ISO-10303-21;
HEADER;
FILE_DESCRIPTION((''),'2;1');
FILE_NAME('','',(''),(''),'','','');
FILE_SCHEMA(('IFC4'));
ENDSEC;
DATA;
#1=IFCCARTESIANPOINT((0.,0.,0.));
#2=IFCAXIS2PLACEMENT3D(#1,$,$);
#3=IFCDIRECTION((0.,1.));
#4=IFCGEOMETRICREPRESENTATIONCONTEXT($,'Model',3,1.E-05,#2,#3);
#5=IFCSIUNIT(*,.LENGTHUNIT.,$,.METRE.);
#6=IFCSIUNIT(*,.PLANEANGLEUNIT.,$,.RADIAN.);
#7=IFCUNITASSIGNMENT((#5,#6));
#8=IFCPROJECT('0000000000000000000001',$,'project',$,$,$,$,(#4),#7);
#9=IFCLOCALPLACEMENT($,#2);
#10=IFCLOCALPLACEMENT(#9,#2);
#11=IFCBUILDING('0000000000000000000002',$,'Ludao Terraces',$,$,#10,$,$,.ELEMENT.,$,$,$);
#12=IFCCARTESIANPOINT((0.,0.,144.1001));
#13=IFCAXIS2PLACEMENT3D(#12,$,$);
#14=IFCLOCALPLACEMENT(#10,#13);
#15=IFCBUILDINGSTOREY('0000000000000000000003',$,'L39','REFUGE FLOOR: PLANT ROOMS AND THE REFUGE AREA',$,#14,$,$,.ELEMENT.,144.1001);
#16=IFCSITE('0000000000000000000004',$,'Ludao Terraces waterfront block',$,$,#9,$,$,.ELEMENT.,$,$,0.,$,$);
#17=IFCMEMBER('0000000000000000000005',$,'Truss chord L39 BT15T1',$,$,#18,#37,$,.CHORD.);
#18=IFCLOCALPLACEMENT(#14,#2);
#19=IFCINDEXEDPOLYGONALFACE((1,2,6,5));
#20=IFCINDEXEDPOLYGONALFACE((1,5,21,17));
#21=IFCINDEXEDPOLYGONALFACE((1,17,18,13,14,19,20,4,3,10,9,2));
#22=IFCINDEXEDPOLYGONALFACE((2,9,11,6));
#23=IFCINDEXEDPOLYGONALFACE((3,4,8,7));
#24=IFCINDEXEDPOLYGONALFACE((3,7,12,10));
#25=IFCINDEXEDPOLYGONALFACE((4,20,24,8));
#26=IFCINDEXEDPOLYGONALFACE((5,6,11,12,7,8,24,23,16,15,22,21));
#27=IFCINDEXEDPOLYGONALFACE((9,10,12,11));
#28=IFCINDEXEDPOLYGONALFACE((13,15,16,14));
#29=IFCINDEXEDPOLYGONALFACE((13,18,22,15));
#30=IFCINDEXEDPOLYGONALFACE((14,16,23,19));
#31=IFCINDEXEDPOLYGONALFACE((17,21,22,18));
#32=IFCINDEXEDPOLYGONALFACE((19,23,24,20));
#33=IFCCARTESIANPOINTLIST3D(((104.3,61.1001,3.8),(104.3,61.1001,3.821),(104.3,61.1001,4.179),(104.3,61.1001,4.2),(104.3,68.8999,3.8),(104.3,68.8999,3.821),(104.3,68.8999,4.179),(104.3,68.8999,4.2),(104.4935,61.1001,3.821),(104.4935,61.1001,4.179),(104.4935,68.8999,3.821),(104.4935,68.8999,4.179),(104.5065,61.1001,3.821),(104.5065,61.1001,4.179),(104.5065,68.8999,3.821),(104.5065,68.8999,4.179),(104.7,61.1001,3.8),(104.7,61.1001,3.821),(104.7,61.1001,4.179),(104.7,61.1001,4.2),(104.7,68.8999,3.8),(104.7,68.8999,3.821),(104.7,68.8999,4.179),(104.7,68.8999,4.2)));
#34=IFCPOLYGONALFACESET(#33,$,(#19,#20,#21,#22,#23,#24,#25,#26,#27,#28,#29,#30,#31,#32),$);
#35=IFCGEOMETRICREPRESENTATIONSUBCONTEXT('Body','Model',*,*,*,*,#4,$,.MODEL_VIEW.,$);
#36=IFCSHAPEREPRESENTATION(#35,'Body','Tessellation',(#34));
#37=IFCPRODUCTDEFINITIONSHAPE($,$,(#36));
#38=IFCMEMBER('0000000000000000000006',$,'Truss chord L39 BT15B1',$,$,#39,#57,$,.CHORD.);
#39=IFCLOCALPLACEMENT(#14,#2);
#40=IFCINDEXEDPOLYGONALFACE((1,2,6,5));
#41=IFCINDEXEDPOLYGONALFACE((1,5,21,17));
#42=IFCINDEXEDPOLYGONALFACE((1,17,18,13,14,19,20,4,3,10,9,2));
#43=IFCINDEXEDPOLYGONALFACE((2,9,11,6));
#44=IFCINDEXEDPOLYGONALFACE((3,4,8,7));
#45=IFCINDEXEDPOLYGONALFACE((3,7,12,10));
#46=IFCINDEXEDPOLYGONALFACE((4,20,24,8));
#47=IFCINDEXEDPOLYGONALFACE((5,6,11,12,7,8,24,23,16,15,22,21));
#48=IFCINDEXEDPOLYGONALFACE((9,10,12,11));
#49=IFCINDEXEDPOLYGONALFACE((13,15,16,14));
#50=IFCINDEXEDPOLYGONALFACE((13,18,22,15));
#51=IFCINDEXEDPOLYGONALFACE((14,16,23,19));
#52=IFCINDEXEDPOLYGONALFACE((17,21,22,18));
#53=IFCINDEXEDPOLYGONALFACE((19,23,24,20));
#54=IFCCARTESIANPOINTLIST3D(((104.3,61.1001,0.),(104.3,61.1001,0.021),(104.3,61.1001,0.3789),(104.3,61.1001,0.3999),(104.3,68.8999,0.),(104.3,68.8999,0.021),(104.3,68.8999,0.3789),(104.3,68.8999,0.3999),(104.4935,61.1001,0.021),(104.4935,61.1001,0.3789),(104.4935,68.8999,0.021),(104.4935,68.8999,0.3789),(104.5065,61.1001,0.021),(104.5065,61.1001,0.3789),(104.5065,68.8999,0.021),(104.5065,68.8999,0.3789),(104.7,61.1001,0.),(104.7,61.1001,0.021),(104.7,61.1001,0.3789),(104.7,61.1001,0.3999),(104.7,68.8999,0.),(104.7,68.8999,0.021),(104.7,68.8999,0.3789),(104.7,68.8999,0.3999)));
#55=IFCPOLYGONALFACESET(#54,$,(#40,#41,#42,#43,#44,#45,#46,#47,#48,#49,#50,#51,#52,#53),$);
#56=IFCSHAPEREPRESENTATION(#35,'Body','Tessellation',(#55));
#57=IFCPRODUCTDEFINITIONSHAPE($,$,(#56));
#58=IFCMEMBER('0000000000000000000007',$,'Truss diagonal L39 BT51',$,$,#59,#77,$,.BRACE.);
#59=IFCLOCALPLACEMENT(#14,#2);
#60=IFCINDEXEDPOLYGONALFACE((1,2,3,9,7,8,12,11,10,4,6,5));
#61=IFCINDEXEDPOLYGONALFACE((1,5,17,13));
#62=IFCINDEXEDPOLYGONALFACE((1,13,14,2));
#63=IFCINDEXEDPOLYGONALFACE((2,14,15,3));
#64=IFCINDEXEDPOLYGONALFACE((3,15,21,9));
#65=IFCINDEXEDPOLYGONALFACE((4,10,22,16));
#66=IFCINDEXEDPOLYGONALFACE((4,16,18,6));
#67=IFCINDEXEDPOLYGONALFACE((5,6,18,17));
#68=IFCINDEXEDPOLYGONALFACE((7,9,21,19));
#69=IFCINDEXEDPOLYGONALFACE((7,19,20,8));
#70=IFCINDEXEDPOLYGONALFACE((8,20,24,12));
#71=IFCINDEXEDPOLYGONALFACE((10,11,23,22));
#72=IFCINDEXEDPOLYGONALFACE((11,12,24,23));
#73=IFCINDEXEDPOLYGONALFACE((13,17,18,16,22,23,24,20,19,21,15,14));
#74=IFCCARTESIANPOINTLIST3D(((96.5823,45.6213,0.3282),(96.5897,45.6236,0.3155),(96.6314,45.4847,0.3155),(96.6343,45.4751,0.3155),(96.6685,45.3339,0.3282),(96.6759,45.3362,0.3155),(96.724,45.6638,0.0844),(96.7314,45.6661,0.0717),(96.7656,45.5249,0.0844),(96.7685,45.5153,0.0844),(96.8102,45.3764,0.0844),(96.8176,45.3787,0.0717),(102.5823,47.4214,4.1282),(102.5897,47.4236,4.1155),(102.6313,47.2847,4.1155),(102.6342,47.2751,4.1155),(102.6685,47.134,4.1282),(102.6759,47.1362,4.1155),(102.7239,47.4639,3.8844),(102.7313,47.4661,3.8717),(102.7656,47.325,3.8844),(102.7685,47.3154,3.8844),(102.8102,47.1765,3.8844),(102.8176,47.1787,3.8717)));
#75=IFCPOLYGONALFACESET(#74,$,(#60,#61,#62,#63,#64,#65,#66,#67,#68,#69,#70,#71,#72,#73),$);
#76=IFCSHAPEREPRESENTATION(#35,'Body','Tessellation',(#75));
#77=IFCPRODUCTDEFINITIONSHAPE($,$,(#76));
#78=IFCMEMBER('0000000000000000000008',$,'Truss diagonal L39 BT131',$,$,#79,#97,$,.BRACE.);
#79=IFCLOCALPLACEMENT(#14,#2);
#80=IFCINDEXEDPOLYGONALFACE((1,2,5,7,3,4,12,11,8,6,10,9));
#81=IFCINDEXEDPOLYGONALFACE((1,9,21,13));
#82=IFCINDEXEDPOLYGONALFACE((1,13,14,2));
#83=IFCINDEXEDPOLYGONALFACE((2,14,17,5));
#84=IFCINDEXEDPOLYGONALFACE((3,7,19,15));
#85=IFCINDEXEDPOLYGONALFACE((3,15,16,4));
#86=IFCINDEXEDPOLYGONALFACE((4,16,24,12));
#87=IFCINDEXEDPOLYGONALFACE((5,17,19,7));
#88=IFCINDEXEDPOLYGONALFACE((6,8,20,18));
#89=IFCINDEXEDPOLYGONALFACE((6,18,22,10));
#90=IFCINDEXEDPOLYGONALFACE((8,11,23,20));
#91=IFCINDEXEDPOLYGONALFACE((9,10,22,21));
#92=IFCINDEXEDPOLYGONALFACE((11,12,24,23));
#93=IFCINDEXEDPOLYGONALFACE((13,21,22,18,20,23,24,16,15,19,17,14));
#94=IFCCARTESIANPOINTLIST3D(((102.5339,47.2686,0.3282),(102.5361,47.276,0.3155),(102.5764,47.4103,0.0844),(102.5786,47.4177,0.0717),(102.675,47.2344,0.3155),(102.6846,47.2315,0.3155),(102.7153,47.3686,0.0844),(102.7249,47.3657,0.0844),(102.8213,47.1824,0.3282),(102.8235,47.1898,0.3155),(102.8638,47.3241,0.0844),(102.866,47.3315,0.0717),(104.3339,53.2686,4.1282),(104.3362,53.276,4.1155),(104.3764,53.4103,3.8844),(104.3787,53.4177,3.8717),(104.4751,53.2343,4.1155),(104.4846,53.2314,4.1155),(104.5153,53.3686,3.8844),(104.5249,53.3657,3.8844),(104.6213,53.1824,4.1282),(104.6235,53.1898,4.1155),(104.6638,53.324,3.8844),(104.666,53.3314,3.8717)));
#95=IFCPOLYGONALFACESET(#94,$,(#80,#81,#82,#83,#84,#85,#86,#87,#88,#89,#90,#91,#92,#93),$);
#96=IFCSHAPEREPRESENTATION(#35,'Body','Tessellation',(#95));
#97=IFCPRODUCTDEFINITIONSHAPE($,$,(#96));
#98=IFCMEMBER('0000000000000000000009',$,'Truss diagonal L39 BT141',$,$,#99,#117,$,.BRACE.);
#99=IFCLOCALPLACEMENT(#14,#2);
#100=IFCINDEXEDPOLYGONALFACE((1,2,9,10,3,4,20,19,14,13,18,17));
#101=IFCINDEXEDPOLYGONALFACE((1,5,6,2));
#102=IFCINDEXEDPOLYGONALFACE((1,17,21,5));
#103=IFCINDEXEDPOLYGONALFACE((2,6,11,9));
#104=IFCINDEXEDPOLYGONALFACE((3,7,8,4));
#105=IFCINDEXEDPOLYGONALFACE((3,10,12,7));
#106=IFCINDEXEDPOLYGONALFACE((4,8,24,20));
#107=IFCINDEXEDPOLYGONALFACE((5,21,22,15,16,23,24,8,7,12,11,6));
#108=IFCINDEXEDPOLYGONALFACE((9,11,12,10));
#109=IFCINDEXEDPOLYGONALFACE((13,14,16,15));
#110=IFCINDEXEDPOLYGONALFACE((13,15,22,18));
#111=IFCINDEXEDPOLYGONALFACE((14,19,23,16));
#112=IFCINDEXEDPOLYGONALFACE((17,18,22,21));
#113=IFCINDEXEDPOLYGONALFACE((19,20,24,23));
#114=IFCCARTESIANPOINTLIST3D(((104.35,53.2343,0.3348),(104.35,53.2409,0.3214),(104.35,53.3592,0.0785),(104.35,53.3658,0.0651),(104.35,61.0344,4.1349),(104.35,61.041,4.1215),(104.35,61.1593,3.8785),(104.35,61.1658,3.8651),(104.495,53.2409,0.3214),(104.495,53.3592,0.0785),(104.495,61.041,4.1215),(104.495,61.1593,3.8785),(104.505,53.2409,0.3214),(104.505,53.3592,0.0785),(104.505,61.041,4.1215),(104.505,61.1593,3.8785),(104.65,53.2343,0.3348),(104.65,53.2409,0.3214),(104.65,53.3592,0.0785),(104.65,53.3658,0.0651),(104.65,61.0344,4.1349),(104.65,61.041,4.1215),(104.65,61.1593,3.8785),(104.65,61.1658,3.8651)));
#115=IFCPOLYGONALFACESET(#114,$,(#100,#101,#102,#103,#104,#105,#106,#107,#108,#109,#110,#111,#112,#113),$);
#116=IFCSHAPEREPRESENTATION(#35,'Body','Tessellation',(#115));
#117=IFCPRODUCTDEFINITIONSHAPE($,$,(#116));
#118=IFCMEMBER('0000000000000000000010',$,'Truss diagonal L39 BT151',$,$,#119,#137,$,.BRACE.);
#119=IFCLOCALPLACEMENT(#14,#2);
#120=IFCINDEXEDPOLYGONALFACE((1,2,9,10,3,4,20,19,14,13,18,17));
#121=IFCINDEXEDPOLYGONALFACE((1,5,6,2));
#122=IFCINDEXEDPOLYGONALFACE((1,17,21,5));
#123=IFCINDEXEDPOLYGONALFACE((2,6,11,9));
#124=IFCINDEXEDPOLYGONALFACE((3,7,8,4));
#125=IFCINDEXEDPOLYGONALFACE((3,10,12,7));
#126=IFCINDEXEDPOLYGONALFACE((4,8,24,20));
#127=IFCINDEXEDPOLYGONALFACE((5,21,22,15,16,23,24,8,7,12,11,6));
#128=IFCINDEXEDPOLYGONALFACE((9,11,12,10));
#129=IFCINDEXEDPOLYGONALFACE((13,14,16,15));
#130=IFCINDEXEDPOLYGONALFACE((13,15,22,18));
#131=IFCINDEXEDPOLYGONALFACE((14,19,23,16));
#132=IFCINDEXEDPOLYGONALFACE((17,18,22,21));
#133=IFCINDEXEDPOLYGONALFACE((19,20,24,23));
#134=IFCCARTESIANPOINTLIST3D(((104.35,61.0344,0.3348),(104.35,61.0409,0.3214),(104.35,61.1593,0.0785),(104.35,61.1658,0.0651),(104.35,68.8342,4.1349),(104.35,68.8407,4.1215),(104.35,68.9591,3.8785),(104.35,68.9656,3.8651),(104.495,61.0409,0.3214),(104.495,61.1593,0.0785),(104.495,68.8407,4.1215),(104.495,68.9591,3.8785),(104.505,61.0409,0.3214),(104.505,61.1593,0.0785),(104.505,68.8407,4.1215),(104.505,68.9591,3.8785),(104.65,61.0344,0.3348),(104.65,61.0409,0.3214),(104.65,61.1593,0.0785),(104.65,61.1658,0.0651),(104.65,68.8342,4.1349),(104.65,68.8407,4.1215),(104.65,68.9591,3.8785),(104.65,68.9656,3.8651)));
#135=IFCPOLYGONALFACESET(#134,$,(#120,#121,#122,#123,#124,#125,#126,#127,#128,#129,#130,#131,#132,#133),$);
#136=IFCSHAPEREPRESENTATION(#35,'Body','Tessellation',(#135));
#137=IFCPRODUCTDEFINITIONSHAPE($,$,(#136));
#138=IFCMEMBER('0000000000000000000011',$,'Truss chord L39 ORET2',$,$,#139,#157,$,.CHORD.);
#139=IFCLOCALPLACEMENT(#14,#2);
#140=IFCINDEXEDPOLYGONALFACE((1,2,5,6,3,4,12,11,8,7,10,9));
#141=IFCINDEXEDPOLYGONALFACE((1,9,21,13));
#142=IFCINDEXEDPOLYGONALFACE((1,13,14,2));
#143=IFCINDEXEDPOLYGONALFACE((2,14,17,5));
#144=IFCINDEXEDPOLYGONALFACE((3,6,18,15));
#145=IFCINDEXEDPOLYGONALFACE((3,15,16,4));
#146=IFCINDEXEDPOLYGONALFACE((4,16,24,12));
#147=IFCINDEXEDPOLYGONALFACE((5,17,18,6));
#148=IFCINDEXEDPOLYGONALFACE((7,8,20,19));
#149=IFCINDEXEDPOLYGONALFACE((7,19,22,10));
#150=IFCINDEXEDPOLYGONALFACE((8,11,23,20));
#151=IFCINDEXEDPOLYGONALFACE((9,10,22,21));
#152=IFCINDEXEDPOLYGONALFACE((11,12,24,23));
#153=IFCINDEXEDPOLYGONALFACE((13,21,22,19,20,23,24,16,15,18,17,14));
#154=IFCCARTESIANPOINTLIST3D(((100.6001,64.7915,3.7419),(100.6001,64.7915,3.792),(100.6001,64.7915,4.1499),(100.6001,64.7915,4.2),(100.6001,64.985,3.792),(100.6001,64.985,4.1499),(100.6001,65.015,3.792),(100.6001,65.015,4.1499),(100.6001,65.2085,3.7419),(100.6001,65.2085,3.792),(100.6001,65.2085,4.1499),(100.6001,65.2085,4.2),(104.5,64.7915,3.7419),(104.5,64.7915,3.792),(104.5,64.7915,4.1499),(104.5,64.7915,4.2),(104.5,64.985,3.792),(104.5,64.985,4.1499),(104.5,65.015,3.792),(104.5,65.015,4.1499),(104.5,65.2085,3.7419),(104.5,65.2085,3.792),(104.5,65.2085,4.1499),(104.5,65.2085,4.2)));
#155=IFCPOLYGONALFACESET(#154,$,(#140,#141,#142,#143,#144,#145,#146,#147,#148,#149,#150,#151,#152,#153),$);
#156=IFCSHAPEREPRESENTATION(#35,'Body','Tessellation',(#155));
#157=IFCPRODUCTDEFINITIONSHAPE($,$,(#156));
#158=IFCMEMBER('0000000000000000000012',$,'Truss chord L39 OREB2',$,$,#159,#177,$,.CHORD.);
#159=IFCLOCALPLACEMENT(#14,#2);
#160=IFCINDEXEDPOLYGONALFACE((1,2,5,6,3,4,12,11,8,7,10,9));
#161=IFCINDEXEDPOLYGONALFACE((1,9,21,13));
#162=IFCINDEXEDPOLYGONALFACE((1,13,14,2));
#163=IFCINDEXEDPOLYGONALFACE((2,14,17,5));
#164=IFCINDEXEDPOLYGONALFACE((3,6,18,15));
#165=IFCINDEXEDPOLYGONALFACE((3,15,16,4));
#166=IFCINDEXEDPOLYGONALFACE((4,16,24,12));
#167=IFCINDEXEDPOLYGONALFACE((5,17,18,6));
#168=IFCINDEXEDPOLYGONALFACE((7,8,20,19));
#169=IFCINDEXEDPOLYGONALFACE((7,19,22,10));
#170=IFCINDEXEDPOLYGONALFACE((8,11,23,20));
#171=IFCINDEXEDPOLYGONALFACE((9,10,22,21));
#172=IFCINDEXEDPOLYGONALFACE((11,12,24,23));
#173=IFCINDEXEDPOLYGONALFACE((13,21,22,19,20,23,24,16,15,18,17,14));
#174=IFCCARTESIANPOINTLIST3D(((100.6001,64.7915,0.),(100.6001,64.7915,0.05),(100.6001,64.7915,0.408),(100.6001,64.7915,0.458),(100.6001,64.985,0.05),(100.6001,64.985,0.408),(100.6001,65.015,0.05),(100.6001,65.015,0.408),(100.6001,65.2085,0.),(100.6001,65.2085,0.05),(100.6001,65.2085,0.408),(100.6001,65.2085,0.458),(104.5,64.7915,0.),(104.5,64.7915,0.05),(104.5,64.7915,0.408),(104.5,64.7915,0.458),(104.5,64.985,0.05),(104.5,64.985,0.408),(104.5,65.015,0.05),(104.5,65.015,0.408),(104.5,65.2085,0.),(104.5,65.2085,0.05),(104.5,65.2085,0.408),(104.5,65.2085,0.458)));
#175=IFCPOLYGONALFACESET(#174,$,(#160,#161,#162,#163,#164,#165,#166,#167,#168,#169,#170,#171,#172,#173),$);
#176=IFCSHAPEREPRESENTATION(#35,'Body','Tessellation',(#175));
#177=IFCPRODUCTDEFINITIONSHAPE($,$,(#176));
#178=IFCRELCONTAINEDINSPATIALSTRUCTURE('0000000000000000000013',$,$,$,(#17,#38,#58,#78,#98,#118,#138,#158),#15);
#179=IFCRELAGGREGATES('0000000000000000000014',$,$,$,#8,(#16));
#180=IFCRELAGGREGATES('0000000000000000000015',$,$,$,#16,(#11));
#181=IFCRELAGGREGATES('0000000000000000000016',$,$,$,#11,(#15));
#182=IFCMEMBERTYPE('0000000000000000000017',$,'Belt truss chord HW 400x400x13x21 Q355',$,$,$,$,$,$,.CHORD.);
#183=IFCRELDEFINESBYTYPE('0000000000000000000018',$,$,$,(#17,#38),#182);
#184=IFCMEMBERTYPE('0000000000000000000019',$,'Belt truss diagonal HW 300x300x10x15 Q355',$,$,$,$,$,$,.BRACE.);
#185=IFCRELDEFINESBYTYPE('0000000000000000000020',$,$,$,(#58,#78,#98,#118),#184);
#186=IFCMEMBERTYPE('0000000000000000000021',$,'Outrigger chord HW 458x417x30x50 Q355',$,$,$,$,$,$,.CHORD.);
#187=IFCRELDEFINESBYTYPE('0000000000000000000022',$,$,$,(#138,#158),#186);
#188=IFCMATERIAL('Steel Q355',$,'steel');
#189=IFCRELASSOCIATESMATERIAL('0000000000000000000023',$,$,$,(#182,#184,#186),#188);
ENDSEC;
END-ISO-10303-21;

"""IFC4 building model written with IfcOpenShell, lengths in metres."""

from ifc_helpers import new_model, si_unit, direction, frame, origin, origin_2d, place, context, subcontext, project, spatial, i_section, extrude, material, material_profile, profile_set, type_object, element, save


model = new_model("IFC4")

# Units and contexts
model_context = context("Model", 3, precision=1e-05, world=origin(), true_north=direction((0.0, 1.0)))
body_context = subcontext(model_context, "Body", "Model", "MODEL_VIEW")
ifc_project = project(units=[si_unit("LENGTHUNIT", "METRE"), si_unit("PLANEANGLEUNIT", "RADIAN")], contexts=[model_context])

# Site, building, storey
site_placement = place(None, origin())
site = spatial("IfcSite", under=ifc_project, at=site_placement, Name="Ludao Terraces waterfront block", CompositionType="ELEMENT", RefElevation=0.0)
building_placement = place(site_placement, origin())
building = spatial("IfcBuilding", under=site, at=building_placement, Name="Ludao Terraces", CompositionType="ELEMENT")
storey_placement = place(building_placement, frame((0.0, 0.0, 144.1001)))
storey = spatial("IfcBuildingStorey", under=building, at=storey_placement, Name="L39", Description="REFUGE FLOOR: PLANT ROOMS AND THE REFUGE AREA", CompositionType="ELEMENT", Elevation=144.1001)

# Members
ifc_material_1 = material(Name="Steel Q355", Category="steel")
ifc_material_profile_1 = material_profile(ifc_material_1, i_section(OverallWidth=0.3999, OverallDepth=0.3999, WebThickness=0.0129, FlangeThickness=0.021, at=origin_2d()), Name="HW 400X400X13X21")
ifc_profile_set_1 = profile_set([ifc_material_profile_1], Name="Steel Q355")
member_type_1 = type_object("IfcMemberType", Name="Belt truss chord HW 400x400x13x21 Q355", PredefinedType="CHORD", material=ifc_profile_set_1)
for number, where, z_axis, x_axis, name in (
    (1, (104.5, 61.1001, 4.0), (0.0, 1.0, 0.0), (-1.0, 0.0, 0.0), "Truss chord L39 BT15T1"),
    (2, (104.5, 61.1001, 0.2), (0.0, 1.0, 0.0), (-1.0, 0.0, 0.0), "Truss chord L39 BT15B1"),
):
    element("IfcMember", number, at=place(storey_placement, frame(where, z_axis=z_axis, x_axis=x_axis)), inside=storey, type_object=member_type_1, Name=name, PredefinedType="CHORD", context=body_context, shape_type="SweptSolid", body=[
        extrude(i_section(OverallWidth=0.3999, OverallDepth=0.3999, WebThickness=0.0129, FlangeThickness=0.021, at=origin_2d()), origin(), (0.0, 0.0, 1.0), 7.7998),
    ])
ifc_material_profile_2 = material_profile(ifc_material_1, i_section(OverallWidth=0.3, OverallDepth=0.3, WebThickness=0.01, FlangeThickness=0.0149, at=origin_2d()), Name="HW 300X300X10X15")
ifc_profile_set_2 = profile_set([ifc_material_profile_2], Name="Steel Q355")
member_type_2 = type_object("IfcMemberType", Name="Belt truss diagonal HW 300x300x10x15 Q355", PredefinedType="BRACE", material=ifc_profile_set_2)
for number, where, z_axis, x_axis, name in (
    (3, (96.7, 45.5, 0.2), (0.818922, 0.245683, 0.518658), (-0.287355, 0.957824, 0.0), "Truss diagonal L39 BT51"),
    (4, (102.7, 47.3, 0.2), (0.245683, 0.818922, 0.518658), (-0.957824, 0.287355, 0.0), "Truss diagonal L39 BT131"),
):
    element("IfcMember", number, at=place(storey_placement, frame(where, z_axis=z_axis, x_axis=x_axis)), inside=storey, type_object=member_type_2, Name=name, PredefinedType="BRACE", context=body_context, shape_type="SweptSolid", body=[
        extrude(i_section(OverallWidth=0.3, OverallDepth=0.3, WebThickness=0.01, FlangeThickness=0.0149, at=origin_2d()), origin(), (0.0, 0.0, 1.0), 7.3267),
    ])
member_1_placement = place(storey_placement, frame((104.5, 53.3, 0.2), z_axis=(0.0, 0.898989, 0.437972), x_axis=(-1.0, 0.0, 0.0)))
element("IfcMember", 5, at=member_1_placement, inside=storey, type_object=member_type_2, Name="Truss diagonal L39 BT141", PredefinedType="BRACE", context=body_context, shape_type="SweptSolid", body=[
    extrude(i_section(OverallWidth=0.3, OverallDepth=0.3, WebThickness=0.01, FlangeThickness=0.0149, at=origin_2d()), origin(), (0.0, 0.0, 1.0), 8.6765),
])
member_2_placement = place(storey_placement, frame((104.5, 61.1001, 0.2), z_axis=(0.0, 0.898983, 0.437983), x_axis=(-1.0, 0.0, 0.0)))
element("IfcMember", 6, at=member_2_placement, inside=storey, type_object=member_type_2, Name="Truss diagonal L39 BT151", PredefinedType="BRACE", context=body_context, shape_type="SweptSolid", body=[
    extrude(i_section(OverallWidth=0.3, OverallDepth=0.3, WebThickness=0.01, FlangeThickness=0.0149, at=origin_2d()), origin(), (0.0, 0.0, 1.0), 8.6763),
])
ifc_material_profile_3 = material_profile(ifc_material_1, i_section(OverallWidth=0.417, OverallDepth=0.458, WebThickness=0.03, FlangeThickness=0.05, at=origin_2d()), Name="HW 458X417X30X50")
ifc_profile_set_3 = profile_set([ifc_material_profile_3], Name="Steel Q355")
member_type_3 = type_object("IfcMemberType", Name="Outrigger chord HW 458x417x30x50 Q355", PredefinedType="CHORD", material=ifc_profile_set_3)
for number, where, z_axis, x_axis, name in (
    (7, (100.6001, 65.0, 3.9709), (1.0, 0.0, 0.0), (0.0, 1.0, 0.0), "Truss chord L39 ORET2"),
    (8, (100.6001, 65.0, 0.229), (1.0, 0.0, 0.0), (0.0, 1.0, 0.0), "Truss chord L39 OREB2"),
):
    element("IfcMember", number, at=place(storey_placement, frame(where, z_axis=z_axis, x_axis=x_axis)), inside=storey, type_object=member_type_3, Name=name, PredefinedType="CHORD", context=body_context, shape_type="SweptSolid", body=[
        extrude(i_section(OverallWidth=0.417, OverallDepth=0.458, WebThickness=0.03, FlangeThickness=0.05, at=origin_2d()), origin(), (0.0, 0.0, 1.0), 3.8999),
    ])

save(model, "model.ifc")
